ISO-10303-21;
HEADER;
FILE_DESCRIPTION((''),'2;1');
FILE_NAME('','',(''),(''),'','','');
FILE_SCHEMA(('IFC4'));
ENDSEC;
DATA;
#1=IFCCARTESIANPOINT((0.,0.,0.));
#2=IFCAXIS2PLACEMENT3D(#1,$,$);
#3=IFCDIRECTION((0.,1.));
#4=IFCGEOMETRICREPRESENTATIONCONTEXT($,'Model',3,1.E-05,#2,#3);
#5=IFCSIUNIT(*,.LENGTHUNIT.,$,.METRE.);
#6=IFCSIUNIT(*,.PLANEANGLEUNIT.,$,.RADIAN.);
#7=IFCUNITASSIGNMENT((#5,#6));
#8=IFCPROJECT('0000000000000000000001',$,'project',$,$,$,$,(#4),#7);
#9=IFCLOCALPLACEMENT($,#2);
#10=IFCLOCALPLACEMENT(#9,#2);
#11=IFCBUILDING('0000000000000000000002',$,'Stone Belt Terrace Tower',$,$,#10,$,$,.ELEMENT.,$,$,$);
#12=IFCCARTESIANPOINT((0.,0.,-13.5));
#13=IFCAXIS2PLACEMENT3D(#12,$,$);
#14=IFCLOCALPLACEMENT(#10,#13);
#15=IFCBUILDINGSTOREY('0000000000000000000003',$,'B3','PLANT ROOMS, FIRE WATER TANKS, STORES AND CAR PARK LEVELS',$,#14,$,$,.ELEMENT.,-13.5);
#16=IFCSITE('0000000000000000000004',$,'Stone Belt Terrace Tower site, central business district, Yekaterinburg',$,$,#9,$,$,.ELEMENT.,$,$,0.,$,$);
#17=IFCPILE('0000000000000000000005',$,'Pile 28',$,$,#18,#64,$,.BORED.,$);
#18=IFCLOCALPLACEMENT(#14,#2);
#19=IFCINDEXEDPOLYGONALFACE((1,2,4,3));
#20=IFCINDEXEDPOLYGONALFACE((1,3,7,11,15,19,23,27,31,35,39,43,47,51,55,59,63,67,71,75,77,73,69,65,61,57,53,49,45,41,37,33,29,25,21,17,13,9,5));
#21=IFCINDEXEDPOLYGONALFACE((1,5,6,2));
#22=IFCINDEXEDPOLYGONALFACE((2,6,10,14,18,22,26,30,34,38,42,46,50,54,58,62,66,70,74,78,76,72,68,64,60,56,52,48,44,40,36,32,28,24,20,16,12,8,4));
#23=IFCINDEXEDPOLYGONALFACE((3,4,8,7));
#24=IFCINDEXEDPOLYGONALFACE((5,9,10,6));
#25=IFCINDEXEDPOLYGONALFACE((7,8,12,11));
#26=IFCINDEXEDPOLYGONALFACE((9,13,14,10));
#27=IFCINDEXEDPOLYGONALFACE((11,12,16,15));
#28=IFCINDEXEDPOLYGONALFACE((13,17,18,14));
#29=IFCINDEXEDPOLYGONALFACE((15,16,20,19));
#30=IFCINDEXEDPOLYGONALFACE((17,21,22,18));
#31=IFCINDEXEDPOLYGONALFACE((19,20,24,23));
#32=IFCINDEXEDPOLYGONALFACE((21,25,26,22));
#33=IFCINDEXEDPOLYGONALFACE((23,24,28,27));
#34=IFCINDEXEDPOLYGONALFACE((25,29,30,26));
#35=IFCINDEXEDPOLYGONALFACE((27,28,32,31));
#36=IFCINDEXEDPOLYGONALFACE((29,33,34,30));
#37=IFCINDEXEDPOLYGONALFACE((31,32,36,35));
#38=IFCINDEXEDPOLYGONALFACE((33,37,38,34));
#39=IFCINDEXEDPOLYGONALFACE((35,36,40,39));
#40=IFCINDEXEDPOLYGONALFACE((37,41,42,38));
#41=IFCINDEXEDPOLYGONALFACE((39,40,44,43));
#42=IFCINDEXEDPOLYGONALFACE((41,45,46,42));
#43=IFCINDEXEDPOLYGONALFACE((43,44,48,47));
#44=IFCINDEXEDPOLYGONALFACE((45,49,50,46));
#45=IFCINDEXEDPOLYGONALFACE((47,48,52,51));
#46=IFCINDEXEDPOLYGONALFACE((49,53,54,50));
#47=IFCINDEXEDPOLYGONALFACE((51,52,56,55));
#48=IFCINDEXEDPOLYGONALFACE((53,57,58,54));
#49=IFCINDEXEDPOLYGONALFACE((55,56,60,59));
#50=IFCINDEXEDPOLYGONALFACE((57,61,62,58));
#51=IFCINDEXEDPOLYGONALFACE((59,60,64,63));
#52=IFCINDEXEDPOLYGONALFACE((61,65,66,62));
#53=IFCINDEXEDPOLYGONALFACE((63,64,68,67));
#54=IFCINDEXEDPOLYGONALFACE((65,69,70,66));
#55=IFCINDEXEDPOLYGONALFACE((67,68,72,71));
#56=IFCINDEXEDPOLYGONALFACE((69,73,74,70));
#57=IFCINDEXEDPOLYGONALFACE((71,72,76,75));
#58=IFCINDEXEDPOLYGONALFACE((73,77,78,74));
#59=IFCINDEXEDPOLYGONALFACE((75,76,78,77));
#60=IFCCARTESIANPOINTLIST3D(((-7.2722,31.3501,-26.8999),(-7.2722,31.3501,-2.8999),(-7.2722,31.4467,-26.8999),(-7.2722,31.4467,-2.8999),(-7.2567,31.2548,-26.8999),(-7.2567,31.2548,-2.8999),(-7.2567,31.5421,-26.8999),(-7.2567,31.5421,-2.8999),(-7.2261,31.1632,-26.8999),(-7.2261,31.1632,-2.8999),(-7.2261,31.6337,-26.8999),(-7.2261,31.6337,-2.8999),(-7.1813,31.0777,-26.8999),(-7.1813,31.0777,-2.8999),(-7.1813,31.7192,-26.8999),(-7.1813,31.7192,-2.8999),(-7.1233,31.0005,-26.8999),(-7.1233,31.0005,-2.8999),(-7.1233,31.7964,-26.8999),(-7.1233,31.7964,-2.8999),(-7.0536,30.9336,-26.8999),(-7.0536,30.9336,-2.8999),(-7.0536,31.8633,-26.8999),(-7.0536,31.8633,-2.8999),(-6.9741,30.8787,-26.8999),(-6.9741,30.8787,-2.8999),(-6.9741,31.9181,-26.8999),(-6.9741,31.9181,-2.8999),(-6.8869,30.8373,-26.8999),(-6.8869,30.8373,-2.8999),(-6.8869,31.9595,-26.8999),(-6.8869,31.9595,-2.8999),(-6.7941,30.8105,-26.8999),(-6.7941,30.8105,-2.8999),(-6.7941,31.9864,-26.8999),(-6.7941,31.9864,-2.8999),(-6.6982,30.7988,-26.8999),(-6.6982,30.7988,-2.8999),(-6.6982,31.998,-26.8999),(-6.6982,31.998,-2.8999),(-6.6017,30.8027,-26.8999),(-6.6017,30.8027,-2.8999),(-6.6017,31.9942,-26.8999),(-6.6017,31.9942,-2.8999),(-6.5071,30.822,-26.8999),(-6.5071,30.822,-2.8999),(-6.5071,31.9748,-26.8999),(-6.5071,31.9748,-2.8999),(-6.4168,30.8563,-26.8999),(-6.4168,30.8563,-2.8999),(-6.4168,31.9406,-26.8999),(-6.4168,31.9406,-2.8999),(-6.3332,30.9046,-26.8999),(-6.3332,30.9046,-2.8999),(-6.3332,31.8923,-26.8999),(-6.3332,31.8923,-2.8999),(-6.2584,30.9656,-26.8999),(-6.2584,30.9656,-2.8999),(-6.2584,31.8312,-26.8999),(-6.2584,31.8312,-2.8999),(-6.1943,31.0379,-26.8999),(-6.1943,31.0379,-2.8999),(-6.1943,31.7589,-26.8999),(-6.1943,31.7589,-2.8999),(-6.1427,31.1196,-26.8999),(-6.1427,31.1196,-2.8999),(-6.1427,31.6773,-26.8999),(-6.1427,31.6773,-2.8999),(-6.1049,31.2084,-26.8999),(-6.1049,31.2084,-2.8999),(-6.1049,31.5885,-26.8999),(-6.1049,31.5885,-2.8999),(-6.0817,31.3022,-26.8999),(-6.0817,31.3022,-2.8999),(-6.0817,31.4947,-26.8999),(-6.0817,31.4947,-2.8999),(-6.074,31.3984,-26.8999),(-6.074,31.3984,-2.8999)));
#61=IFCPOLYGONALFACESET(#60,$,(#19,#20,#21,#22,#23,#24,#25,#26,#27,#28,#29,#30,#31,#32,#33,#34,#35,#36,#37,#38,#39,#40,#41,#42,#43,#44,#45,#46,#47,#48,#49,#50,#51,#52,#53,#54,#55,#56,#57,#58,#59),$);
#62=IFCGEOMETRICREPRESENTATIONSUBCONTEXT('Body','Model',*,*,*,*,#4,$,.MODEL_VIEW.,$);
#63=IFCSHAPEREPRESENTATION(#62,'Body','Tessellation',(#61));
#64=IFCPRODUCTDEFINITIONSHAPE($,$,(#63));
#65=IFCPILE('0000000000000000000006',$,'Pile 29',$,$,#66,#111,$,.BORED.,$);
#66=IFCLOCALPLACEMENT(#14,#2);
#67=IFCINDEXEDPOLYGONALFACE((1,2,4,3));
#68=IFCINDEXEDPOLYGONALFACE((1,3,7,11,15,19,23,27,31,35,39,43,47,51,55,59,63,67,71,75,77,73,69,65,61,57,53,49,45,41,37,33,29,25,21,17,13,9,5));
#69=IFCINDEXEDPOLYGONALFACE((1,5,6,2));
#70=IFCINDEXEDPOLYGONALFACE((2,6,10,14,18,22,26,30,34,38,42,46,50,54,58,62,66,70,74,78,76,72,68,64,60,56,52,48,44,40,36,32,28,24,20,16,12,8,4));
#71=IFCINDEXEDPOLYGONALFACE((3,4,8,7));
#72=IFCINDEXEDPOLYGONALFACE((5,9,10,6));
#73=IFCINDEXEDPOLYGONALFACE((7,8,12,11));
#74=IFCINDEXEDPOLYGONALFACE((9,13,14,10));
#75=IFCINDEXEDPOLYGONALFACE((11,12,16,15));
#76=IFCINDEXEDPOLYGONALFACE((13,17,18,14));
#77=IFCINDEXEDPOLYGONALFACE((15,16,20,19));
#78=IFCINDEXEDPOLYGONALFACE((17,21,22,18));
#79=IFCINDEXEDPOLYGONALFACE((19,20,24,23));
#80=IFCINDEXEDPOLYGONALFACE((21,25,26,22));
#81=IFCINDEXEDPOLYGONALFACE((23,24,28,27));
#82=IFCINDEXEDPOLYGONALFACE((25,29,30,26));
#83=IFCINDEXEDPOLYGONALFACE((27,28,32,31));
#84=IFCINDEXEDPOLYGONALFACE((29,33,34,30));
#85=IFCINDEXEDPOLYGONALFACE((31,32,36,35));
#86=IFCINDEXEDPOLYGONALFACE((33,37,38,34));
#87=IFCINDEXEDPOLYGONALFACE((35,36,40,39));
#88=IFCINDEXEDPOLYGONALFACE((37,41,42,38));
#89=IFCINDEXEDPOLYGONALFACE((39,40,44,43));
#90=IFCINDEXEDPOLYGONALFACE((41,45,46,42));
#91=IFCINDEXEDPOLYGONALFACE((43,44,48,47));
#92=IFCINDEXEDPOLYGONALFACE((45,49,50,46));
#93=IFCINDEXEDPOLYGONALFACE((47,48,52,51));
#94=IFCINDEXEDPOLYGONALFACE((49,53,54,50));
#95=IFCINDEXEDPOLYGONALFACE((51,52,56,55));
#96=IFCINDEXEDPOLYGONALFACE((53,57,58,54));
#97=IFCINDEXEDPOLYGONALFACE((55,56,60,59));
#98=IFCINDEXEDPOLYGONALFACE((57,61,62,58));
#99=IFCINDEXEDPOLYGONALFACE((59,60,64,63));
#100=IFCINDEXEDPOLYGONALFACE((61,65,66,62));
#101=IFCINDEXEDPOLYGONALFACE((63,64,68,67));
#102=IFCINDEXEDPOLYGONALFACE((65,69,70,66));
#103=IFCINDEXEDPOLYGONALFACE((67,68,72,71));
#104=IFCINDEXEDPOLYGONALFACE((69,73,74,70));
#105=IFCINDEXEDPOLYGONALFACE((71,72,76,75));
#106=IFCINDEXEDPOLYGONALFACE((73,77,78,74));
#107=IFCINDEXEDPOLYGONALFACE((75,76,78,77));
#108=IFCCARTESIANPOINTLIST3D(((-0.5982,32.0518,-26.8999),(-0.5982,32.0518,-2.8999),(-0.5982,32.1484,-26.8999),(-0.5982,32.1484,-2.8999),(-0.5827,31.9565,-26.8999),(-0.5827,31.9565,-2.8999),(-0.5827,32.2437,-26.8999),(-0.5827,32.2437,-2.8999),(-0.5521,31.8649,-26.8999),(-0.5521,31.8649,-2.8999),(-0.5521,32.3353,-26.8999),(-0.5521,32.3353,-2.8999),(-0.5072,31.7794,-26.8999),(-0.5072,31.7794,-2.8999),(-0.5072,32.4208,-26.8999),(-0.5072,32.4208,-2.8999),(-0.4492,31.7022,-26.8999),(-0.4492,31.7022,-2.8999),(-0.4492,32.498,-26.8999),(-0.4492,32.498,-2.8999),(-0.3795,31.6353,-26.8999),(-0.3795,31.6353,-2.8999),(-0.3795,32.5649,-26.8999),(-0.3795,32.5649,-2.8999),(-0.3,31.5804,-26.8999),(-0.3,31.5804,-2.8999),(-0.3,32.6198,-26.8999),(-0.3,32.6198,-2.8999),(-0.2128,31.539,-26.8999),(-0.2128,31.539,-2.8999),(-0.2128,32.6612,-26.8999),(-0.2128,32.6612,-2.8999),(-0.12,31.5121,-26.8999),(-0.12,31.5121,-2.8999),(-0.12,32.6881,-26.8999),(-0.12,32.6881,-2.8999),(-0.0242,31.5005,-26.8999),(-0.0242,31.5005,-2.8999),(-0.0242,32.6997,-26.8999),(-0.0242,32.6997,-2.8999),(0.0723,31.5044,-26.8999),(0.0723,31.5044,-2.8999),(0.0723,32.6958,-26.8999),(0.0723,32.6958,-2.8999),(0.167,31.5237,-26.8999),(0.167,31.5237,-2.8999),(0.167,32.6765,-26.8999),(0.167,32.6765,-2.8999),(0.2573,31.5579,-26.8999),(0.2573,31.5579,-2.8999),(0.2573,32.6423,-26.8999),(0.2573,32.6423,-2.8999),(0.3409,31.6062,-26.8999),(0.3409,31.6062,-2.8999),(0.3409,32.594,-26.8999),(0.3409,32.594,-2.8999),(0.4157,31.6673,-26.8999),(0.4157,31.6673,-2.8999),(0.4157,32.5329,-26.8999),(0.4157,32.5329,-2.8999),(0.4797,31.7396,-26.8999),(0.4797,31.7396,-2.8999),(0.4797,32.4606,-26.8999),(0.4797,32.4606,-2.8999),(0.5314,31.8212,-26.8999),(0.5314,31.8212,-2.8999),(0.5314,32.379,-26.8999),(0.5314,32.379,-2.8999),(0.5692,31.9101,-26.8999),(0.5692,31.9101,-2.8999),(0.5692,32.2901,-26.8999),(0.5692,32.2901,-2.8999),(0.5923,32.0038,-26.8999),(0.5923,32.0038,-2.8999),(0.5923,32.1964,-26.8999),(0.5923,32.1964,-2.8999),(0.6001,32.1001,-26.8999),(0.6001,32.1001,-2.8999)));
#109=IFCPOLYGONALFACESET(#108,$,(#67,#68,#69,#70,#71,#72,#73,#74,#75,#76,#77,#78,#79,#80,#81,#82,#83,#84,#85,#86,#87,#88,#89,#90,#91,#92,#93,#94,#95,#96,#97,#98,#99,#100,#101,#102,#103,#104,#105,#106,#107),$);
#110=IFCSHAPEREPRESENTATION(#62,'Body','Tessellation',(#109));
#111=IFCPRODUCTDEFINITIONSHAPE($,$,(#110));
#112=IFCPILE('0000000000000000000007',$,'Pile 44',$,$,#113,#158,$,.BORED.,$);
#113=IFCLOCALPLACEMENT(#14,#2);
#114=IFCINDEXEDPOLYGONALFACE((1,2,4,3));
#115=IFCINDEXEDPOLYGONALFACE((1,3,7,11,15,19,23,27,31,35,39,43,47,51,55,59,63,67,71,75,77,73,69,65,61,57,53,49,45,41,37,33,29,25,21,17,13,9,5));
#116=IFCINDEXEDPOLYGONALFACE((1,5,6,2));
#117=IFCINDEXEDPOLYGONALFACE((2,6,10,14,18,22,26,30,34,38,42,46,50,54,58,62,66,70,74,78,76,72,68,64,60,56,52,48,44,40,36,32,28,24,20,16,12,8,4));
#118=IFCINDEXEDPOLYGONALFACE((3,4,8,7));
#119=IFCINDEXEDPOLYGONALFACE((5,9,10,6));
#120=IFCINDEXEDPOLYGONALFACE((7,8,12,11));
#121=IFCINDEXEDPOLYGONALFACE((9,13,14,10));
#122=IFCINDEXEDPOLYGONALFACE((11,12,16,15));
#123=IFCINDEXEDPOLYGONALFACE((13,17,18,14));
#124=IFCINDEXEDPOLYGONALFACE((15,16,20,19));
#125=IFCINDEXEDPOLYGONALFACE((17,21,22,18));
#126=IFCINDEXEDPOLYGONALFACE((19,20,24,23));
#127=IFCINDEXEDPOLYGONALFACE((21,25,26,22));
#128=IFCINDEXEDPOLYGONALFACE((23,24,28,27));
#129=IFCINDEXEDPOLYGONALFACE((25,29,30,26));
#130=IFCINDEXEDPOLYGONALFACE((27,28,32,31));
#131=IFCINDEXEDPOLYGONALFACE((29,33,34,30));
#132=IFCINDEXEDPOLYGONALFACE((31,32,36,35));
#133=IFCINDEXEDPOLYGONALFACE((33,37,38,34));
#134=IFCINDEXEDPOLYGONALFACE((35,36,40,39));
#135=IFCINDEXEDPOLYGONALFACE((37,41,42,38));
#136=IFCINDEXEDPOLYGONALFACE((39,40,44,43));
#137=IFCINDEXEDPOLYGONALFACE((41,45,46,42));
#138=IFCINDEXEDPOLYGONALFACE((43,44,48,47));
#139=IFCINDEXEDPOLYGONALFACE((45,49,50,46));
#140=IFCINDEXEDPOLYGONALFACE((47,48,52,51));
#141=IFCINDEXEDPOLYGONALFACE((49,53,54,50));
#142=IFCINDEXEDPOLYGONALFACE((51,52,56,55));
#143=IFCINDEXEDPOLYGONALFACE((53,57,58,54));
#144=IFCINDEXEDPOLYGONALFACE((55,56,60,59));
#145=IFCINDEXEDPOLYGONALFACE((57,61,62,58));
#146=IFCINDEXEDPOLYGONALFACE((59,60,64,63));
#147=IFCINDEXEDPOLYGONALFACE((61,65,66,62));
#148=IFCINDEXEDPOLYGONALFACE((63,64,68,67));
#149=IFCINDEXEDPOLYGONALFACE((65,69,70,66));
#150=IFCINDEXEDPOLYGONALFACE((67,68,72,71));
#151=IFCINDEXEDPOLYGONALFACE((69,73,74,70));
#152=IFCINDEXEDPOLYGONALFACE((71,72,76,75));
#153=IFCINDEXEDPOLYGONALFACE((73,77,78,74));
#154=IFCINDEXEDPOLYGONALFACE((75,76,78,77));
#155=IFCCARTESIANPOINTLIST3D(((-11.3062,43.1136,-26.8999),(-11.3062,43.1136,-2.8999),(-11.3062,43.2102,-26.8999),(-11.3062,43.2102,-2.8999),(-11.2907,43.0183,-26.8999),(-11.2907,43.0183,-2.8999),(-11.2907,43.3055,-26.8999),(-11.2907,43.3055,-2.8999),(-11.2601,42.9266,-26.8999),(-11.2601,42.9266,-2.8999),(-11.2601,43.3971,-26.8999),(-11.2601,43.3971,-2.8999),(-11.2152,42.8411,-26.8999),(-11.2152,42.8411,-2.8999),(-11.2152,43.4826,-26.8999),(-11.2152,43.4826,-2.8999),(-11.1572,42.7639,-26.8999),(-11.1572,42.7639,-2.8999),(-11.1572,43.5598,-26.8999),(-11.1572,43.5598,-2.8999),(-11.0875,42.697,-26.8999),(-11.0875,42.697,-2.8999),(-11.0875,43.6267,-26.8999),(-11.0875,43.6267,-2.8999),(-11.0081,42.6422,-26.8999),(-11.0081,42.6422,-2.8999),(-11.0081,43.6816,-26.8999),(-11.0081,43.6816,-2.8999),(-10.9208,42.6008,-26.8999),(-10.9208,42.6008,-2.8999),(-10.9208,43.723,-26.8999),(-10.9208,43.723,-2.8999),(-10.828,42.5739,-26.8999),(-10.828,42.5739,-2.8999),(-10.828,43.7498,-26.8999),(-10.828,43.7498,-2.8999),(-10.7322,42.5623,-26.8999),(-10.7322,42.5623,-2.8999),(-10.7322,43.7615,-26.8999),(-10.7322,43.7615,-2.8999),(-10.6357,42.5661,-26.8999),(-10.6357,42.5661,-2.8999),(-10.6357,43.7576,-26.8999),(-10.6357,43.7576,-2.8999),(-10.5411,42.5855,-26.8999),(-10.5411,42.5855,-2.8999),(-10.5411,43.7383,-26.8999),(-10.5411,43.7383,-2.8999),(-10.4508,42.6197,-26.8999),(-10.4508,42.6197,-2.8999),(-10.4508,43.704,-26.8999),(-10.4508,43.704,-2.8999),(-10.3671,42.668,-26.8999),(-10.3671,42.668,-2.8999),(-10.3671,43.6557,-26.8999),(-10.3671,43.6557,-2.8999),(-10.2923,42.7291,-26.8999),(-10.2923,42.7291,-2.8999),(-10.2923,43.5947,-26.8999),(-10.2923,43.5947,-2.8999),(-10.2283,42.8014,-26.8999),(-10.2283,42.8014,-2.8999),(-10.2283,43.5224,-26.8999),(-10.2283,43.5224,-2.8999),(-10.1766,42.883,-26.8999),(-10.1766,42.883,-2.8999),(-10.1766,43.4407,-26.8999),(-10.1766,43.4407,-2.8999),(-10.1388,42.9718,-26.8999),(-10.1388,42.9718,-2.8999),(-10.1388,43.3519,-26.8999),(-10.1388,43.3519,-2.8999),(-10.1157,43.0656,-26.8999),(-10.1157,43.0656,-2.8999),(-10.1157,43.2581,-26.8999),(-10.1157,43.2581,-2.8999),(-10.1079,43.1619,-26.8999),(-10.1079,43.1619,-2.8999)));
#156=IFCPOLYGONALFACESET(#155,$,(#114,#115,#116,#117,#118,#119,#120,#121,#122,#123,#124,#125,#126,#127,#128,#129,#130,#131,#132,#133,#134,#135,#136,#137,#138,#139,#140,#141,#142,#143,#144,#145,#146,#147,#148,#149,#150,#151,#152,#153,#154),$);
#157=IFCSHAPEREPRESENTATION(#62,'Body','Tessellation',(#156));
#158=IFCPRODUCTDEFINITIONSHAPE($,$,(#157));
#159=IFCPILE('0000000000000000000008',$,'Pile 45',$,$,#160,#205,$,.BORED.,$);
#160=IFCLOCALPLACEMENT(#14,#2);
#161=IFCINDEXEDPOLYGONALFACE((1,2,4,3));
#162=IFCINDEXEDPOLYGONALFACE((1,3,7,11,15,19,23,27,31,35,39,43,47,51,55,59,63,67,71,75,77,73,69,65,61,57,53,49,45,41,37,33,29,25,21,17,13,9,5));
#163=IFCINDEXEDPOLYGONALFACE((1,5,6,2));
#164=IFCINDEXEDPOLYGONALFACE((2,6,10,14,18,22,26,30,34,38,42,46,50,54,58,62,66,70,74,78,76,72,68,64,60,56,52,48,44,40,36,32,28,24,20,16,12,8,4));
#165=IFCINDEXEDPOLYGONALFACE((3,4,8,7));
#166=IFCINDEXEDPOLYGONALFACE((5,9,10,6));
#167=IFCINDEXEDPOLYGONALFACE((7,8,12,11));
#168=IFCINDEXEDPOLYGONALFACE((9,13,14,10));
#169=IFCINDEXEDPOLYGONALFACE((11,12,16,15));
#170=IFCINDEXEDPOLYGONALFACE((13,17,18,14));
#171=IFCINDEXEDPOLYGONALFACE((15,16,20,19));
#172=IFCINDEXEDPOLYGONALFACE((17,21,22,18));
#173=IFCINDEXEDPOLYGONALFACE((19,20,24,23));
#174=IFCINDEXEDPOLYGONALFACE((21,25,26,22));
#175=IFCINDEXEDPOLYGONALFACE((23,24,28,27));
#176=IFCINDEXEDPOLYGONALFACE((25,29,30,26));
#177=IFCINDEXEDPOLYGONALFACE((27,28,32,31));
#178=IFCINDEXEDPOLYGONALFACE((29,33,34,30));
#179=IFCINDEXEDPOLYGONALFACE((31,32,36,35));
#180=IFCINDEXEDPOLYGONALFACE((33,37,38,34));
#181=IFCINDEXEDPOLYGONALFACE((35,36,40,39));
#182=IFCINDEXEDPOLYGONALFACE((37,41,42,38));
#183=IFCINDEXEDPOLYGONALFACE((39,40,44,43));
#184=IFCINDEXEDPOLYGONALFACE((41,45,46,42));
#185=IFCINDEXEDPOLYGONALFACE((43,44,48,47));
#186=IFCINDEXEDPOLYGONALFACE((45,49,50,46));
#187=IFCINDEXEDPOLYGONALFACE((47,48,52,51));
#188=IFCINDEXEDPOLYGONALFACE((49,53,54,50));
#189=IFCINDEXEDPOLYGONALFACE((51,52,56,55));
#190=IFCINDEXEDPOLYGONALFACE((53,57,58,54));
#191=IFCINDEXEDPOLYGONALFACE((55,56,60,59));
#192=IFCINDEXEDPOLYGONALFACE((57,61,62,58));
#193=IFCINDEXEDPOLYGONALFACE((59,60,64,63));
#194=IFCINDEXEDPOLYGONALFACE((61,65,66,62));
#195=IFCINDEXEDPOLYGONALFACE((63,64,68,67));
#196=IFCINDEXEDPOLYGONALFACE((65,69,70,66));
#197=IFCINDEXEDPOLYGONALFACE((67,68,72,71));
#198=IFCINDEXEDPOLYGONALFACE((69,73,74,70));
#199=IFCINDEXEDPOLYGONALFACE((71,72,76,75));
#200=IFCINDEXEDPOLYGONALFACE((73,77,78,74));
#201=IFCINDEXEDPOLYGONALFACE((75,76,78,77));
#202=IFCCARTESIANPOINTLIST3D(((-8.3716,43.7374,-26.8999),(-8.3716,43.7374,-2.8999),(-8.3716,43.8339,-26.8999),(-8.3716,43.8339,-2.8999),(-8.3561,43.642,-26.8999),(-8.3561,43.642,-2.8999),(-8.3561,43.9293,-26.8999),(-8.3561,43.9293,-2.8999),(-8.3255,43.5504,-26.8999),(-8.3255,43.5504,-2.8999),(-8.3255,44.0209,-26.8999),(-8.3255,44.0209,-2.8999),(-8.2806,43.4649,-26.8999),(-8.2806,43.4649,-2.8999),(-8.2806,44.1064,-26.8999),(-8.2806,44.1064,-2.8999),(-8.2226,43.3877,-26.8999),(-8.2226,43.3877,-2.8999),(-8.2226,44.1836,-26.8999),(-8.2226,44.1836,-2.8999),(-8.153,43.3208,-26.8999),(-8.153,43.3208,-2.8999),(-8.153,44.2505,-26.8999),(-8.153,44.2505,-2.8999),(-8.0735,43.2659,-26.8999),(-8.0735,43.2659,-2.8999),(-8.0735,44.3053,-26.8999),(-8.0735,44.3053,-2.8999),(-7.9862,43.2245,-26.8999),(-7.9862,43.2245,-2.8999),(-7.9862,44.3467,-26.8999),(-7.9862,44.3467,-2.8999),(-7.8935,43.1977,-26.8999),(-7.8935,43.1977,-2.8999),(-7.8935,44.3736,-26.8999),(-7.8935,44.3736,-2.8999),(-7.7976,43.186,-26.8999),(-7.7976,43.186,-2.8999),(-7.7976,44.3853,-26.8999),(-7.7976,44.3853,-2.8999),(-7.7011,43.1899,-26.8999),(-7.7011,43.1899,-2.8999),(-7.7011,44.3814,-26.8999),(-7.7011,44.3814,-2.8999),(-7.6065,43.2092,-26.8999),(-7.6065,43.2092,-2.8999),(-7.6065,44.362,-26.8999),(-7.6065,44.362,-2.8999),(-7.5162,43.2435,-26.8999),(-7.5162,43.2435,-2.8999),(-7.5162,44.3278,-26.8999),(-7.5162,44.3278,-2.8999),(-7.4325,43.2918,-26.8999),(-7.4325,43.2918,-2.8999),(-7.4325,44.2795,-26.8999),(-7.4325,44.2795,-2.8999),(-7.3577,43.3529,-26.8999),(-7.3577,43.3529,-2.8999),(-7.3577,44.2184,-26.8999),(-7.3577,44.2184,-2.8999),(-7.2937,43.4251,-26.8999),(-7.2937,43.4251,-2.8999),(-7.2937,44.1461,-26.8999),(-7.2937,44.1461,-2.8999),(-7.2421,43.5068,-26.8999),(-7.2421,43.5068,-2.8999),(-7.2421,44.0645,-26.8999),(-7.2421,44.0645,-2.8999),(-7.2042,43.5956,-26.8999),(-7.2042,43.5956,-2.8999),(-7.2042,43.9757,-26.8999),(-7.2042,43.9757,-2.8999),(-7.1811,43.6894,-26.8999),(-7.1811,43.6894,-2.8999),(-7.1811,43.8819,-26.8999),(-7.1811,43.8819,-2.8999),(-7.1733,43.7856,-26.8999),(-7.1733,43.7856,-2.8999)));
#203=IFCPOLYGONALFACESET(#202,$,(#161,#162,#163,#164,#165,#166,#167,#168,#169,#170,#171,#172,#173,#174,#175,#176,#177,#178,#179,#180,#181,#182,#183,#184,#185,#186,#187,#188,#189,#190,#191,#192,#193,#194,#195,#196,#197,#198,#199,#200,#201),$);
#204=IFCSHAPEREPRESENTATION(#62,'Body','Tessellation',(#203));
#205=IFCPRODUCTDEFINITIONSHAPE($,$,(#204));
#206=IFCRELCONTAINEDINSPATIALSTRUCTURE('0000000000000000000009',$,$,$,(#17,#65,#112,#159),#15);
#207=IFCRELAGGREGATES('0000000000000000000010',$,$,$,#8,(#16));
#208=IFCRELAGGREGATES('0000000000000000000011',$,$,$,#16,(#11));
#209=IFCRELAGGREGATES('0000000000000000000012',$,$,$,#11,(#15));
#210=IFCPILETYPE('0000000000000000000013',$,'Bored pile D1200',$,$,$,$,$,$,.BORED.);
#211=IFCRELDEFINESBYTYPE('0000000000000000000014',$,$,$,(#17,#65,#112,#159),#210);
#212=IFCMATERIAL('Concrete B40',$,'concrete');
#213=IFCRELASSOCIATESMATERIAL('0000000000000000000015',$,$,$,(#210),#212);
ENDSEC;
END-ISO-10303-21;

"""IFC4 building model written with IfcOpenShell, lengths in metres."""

from ifc_helpers import new_model, si_unit, direction, frame, origin, origin_2d, place, context, subcontext, project, spatial, circle, extrude, material, material_profile, profile_set, type_object, element, save


model = new_model("IFC4")

# Units and contexts
model_context = context("Model", 3, precision=1e-05, world=origin(), true_north=direction((0.0, 1.0)))
body_context = subcontext(model_context, "Body", "Model", "MODEL_VIEW")
ifc_project = project(units=[si_unit("LENGTHUNIT", "METRE"), si_unit("PLANEANGLEUNIT", "RADIAN")], contexts=[model_context])

# Site, building, storey
site_placement = place(None, origin())
site = spatial("IfcSite", under=ifc_project, at=site_placement, Name="Stone Belt Terrace Tower site, central business district, Yekaterinburg", CompositionType="ELEMENT", RefElevation=0.0)
building_placement = place(site_placement, origin())
building = spatial("IfcBuilding", under=site, at=building_placement, Name="Stone Belt Terrace Tower", CompositionType="ELEMENT")
storey_placement = place(building_placement, frame((0.0, 0.0, -13.5)))
storey = spatial("IfcBuildingStorey", under=building, at=storey_placement, Name="B3", Description="PLANT ROOMS, FIRE WATER TANKS, STORES AND CAR PARK LEVELS", CompositionType="ELEMENT", Elevation=-13.5)

# Piles
ifc_material_1 = material(Name="Concrete B40", Category="concrete")
ifc_material_profile_1 = material_profile(ifc_material_1, circle(Radius=0.6001, at=origin_2d()), Name="PILE D1200")
ifc_profile_set_1 = profile_set([ifc_material_profile_1], Name="Concrete B40")
pile_type = type_object("IfcPileType", Name="Bored pile D1200", PredefinedType="BORED", material=ifc_profile_set_1)
for number, where, z_axis, x_axis, name in (
    (1, (-6.6741, 31.3984, -2.8999), (0.0, 0.0, -1.0), (1.0, 0.0, 0.0), "Pile 28"),
    (2, (0.0, 32.1001, -2.8999), (0.0, 0.0, -1.0), (1.0, 0.0, 0.0), "Pile 29"),
    (3, (-10.708, 43.1619, -2.8999), (0.0, 0.0, -1.0), (1.0, 0.0, 0.0), "Pile 44"),
    (4, (-7.7734, 43.7856, -2.8999), (0.0, 0.0, -1.0), (1.0, 0.0, 0.0), "Pile 45"),
):
    element("IfcPile", number, at=place(storey_placement, frame(where, z_axis=z_axis, x_axis=x_axis)), inside=storey, type_object=pile_type, Name=name, PredefinedType="BORED", context=body_context, shape_type="SweptSolid", body=[
        extrude(circle(Radius=0.6001, at=origin_2d()), origin(), (0.0, 0.0, 1.0), 24.0),
    ])

save(model, "model.ifc")
